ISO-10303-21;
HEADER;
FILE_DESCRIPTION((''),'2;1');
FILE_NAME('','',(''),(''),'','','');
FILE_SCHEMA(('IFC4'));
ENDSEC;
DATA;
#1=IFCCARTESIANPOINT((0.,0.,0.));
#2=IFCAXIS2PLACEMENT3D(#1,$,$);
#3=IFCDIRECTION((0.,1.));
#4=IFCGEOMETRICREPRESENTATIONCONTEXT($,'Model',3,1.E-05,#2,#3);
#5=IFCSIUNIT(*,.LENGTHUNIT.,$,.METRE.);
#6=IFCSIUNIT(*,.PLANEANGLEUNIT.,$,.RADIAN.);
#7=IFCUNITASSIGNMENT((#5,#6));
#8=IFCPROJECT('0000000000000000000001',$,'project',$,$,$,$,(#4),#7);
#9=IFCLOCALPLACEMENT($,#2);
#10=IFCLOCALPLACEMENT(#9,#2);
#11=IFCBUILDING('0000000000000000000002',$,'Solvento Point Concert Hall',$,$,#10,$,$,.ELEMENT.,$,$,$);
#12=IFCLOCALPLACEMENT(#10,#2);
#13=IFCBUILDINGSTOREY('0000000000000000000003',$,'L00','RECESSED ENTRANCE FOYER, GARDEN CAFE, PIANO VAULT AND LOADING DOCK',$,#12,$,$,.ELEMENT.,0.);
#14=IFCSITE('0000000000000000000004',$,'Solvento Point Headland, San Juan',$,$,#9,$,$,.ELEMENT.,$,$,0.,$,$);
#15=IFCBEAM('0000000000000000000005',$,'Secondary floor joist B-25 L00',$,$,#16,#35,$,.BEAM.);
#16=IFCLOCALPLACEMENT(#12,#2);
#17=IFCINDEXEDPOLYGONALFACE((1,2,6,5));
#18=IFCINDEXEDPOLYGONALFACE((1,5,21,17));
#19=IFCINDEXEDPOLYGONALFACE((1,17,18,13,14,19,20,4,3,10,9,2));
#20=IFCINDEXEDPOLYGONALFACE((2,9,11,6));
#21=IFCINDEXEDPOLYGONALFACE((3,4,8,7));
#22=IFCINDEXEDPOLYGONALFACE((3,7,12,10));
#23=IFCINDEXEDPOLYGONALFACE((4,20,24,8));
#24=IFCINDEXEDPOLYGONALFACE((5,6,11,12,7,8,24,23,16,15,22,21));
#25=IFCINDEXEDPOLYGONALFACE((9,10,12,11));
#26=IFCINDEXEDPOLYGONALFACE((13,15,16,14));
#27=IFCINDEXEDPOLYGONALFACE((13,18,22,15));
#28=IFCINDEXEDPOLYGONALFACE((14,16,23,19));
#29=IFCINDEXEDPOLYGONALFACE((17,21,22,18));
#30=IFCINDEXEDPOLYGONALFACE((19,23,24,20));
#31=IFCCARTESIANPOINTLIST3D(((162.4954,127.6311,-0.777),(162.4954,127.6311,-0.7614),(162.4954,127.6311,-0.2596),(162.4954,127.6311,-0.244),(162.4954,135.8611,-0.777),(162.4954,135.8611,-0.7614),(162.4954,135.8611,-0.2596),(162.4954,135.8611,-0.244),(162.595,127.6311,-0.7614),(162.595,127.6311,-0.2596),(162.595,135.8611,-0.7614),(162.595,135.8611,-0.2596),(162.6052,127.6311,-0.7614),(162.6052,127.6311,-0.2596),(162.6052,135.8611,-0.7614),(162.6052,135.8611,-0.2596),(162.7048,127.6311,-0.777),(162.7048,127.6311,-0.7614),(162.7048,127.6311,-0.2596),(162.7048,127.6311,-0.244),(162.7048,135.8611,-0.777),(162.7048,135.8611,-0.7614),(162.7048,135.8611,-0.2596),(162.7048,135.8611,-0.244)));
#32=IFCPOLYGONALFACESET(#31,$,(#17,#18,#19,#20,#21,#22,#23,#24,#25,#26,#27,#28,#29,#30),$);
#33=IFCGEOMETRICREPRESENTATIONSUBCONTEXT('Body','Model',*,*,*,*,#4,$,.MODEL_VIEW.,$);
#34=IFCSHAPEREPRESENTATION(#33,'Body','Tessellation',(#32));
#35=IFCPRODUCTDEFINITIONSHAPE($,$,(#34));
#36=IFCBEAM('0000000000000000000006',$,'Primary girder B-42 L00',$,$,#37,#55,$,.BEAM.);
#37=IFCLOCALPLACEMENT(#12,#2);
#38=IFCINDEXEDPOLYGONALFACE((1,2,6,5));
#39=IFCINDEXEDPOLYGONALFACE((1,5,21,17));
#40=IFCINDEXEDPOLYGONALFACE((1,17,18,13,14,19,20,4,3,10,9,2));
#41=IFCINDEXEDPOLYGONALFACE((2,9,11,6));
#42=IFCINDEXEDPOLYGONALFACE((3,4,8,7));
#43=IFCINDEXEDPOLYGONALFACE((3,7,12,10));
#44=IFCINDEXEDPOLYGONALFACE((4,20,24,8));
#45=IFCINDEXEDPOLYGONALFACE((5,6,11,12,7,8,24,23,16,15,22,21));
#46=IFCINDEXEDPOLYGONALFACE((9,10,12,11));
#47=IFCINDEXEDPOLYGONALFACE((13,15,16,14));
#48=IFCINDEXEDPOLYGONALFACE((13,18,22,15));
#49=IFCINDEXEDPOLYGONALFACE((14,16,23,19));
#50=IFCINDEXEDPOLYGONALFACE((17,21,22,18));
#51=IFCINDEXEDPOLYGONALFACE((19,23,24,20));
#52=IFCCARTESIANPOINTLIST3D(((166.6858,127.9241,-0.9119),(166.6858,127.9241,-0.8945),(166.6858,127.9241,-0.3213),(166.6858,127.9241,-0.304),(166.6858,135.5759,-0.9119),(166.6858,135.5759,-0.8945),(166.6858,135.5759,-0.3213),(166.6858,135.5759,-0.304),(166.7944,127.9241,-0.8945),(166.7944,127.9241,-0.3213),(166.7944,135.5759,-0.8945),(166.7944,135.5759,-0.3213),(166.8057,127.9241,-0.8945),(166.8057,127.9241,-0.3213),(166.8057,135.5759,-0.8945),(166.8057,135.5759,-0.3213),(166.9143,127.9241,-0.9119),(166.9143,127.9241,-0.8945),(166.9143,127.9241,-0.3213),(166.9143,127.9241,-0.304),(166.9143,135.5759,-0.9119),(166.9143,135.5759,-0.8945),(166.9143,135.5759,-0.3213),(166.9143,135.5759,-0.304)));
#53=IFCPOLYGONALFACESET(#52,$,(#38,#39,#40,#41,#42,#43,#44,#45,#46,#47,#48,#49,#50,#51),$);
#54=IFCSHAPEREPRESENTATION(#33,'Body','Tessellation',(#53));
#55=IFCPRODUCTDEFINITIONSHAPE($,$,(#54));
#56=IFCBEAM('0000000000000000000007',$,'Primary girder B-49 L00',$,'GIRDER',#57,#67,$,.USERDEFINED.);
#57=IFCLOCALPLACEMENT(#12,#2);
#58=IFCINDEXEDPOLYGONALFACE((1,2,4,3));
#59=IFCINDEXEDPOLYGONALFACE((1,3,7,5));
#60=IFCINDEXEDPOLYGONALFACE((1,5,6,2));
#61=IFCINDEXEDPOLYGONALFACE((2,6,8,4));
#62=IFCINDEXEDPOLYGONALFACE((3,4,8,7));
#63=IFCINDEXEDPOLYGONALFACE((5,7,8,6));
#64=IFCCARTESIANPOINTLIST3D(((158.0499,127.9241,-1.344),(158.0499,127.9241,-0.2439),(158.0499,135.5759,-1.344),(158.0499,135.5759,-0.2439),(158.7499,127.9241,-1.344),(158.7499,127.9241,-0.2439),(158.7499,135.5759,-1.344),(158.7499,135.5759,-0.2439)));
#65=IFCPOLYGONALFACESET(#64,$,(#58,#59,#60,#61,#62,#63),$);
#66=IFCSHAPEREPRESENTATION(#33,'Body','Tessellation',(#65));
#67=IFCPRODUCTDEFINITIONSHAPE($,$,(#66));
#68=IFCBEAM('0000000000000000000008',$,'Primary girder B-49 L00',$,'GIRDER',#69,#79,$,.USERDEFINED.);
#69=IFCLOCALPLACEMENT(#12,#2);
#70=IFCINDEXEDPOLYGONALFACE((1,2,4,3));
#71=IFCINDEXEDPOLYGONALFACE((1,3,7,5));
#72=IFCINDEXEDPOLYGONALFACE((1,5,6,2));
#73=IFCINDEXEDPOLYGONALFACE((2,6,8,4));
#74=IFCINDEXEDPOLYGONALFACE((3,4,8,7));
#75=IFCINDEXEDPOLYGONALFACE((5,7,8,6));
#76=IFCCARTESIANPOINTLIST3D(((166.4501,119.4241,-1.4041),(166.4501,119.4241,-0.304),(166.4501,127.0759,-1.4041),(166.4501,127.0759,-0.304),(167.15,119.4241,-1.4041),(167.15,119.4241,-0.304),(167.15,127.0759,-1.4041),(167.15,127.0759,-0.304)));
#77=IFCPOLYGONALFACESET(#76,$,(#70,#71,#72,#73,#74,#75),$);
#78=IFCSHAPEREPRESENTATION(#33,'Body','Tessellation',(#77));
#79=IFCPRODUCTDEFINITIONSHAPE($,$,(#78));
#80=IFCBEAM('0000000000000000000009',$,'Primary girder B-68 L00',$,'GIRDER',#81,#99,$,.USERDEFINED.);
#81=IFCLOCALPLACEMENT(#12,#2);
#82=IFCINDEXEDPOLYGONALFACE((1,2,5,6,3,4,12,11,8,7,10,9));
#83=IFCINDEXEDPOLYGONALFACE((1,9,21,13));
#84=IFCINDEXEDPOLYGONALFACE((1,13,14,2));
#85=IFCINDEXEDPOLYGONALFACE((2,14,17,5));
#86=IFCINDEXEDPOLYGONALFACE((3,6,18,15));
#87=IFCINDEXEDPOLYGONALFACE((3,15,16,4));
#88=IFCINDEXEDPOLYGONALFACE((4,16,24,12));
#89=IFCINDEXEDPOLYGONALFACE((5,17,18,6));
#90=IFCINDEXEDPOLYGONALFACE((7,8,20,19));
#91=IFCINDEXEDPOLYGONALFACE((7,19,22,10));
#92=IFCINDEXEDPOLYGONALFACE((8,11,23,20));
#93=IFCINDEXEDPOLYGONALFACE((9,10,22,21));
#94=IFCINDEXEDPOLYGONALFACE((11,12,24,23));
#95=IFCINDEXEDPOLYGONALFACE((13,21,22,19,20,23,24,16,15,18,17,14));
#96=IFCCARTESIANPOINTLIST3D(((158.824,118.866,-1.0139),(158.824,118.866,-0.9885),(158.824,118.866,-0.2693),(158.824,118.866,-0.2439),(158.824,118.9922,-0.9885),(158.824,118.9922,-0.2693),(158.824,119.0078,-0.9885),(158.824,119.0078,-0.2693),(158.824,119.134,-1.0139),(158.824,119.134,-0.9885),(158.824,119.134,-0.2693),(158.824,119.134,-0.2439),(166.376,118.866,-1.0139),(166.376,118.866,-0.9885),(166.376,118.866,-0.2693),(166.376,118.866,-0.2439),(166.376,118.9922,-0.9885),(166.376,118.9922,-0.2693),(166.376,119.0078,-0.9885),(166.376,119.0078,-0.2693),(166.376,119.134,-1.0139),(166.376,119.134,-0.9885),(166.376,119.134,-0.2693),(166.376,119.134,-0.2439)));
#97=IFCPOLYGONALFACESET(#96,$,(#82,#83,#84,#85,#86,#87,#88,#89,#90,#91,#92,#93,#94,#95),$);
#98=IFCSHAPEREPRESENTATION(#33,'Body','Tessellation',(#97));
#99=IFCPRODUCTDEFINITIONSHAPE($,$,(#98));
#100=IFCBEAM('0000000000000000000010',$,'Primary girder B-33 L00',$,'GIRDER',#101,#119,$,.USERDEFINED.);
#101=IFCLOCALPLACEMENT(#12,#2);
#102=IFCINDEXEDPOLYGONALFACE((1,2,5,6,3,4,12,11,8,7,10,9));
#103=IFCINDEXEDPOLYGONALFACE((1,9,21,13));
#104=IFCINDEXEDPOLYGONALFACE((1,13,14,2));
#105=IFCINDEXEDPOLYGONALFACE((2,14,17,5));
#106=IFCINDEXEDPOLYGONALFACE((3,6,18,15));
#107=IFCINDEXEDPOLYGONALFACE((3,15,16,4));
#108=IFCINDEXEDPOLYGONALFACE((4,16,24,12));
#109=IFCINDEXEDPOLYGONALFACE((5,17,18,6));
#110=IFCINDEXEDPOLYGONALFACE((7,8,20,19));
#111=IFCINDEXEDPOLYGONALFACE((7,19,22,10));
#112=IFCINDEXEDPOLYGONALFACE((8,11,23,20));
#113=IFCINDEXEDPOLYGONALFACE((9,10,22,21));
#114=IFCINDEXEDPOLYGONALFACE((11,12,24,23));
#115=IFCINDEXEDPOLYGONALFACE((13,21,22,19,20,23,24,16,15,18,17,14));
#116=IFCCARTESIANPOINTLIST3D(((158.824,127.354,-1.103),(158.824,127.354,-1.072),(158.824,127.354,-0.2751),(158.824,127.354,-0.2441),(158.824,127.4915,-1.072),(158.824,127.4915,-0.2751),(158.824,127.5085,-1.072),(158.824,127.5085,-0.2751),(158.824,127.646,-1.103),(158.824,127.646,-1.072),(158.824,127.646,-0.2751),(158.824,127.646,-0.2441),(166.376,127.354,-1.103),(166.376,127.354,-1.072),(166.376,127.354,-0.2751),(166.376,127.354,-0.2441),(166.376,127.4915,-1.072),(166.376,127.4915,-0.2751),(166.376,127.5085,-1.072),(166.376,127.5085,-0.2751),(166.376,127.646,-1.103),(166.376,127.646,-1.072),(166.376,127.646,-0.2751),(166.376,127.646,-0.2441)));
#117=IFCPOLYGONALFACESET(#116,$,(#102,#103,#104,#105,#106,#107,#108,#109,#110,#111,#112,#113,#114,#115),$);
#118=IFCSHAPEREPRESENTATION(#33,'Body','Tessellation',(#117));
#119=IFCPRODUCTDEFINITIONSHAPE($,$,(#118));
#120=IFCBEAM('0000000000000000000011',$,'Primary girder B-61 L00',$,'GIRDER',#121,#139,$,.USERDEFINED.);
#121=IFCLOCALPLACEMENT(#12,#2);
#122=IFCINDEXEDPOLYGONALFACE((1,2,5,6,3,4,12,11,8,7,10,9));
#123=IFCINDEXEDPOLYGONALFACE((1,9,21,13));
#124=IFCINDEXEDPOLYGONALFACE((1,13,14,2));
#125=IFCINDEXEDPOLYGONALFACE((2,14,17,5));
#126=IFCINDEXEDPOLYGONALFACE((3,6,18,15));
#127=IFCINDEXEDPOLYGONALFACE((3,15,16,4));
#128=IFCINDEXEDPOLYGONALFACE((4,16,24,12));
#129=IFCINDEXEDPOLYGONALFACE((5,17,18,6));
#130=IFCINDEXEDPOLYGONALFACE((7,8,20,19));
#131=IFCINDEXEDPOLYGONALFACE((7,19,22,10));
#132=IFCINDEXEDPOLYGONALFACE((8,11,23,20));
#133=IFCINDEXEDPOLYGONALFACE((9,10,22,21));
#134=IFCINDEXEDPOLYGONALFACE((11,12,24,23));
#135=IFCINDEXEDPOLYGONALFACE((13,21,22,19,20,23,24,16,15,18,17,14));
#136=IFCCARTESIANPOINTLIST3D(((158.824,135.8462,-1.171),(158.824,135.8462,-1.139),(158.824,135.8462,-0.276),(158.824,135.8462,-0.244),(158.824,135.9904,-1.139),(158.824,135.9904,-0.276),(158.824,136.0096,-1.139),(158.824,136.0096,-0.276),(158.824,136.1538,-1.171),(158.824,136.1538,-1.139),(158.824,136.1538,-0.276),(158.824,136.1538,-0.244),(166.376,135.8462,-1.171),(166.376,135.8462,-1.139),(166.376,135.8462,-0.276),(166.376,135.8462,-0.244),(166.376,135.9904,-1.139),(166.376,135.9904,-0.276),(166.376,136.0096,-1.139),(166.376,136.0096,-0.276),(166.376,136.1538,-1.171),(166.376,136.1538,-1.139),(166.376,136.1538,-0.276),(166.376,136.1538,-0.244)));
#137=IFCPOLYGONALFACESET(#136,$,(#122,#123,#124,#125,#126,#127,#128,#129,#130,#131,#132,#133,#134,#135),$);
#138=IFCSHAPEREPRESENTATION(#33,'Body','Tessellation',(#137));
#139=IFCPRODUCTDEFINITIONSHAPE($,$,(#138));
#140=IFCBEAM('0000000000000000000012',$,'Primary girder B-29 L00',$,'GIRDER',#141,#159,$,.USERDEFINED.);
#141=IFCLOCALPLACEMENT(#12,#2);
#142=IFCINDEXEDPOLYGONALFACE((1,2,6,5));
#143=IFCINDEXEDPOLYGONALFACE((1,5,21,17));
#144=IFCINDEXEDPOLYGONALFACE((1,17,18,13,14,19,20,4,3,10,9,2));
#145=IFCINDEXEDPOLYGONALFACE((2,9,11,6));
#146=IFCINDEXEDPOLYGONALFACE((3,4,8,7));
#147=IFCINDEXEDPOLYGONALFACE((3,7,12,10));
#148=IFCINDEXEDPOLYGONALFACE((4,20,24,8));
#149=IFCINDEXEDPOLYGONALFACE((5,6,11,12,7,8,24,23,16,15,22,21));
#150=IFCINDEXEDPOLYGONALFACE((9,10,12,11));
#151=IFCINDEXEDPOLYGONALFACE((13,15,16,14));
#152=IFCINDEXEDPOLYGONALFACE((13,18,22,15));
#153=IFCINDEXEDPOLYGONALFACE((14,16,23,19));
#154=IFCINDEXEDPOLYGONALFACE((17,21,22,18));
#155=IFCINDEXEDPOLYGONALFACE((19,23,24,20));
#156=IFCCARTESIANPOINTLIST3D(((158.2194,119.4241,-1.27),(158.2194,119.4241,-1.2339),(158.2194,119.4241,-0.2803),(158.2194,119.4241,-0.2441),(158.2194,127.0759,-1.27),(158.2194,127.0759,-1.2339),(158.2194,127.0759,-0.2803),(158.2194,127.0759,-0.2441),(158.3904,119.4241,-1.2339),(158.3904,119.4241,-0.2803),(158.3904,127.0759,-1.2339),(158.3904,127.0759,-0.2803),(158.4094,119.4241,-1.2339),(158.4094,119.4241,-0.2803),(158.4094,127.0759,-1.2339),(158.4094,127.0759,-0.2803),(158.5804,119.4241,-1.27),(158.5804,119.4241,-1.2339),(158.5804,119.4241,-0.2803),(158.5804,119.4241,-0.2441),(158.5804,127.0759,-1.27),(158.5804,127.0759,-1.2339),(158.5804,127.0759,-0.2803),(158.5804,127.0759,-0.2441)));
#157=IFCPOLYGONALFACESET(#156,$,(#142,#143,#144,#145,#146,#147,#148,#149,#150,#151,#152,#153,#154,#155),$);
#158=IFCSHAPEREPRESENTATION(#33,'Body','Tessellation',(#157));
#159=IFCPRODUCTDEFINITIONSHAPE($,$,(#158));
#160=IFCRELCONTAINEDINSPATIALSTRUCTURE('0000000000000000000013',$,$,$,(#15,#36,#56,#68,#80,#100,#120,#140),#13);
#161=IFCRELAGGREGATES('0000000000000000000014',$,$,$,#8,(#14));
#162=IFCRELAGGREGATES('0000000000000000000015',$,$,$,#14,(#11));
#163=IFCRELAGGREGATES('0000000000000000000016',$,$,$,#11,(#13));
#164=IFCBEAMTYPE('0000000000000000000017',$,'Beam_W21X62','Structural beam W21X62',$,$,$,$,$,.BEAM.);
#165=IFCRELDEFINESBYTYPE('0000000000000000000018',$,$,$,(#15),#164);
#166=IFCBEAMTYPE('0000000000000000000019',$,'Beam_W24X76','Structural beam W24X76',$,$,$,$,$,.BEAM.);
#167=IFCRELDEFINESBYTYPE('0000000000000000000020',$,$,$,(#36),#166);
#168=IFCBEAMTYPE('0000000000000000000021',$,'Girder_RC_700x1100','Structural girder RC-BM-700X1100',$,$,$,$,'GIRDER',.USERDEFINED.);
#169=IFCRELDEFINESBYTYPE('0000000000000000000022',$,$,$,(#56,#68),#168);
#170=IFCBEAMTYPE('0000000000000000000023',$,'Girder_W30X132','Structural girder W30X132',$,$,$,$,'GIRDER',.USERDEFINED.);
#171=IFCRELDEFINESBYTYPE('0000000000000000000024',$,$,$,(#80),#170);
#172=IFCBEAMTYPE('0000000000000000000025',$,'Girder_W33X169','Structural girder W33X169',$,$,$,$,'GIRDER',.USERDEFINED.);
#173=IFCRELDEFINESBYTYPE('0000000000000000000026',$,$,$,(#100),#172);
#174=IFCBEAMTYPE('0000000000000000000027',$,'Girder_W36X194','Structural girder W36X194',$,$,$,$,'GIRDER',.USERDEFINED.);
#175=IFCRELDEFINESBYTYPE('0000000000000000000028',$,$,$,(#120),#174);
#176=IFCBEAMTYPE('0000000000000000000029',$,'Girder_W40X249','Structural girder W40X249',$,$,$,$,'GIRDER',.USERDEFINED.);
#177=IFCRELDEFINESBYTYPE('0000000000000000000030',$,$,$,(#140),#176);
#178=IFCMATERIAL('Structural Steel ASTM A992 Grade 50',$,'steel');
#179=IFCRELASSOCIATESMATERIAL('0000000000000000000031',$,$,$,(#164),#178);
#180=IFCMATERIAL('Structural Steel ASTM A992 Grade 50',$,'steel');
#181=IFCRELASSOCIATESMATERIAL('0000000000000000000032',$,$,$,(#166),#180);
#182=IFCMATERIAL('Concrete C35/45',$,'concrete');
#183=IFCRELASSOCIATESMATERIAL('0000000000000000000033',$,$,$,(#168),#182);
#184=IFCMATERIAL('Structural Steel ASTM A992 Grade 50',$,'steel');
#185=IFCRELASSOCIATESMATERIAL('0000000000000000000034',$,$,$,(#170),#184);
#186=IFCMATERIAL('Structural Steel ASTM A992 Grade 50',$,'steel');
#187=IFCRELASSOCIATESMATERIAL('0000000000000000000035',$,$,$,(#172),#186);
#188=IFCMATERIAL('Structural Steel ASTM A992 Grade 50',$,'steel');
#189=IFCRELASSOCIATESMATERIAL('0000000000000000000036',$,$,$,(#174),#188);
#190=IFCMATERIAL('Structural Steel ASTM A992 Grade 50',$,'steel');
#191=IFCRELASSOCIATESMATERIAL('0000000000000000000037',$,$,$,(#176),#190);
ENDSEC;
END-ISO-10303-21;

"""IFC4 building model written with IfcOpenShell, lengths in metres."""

from ifc_helpers import new_model, si_unit, direction, frame, origin, origin_2d, place, context, subcontext, project, spatial, rectangle, i_section, extrude, material, material_profile, profile_set, type_object, element, save


model = new_model("IFC4")

# Units and contexts
model_context = context("Model", 3, precision=1e-05, world=origin(), true_north=direction((0.0, 1.0)))
body_context = subcontext(model_context, "Body", "Model", "MODEL_VIEW")
ifc_project = project(units=[si_unit("LENGTHUNIT", "METRE"), si_unit("PLANEANGLEUNIT", "RADIAN")], contexts=[model_context])

# Site, building, storey
site_placement = place(None, origin())
site = spatial("IfcSite", under=ifc_project, at=site_placement, Name="Solvento Point Headland, San Juan", CompositionType="ELEMENT", RefElevation=0.0)
building_placement = place(site_placement, origin())
building = spatial("IfcBuilding", under=site, at=building_placement, Name="Solvento Point Concert Hall", CompositionType="ELEMENT")
storey_placement = place(building_placement, origin())
storey = spatial("IfcBuildingStorey", under=building, at=storey_placement, Name="L00", Description="RECESSED ENTRANCE FOYER, GARDEN CAFE, PIANO VAULT AND LOADING DOCK", CompositionType="ELEMENT", Elevation=0.0)

# Beams
ifc_material_1 = material(Name="Structural Steel ASTM A992 Grade 50", Category="steel")
ifc_material_profile_1 = material_profile(ifc_material_1, i_section(OverallWidth=0.2095, OverallDepth=0.533, WebThickness=0.0103, FlangeThickness=0.0156, at=origin_2d()), Name="W21X62")
ifc_profile_set_1 = profile_set([ifc_material_profile_1], Name="Structural Steel ASTM A992 Grade 50")
beam_type_1 = type_object("IfcBeamType", Name="Beam_W21X62", Description="Structural beam W21X62", PredefinedType="BEAM", material=ifc_profile_set_1)
beam_1_placement = place(storey_placement, frame((162.6001, 127.6311, -0.5105), z_axis=(0.0, 1.0, 0.0), x_axis=(-1.0, 0.0, 0.0)))
element("IfcBeam", 1, at=beam_1_placement, inside=storey, type_object=beam_type_1, Name="Secondary floor joist B-25 L00", PredefinedType="BEAM", context=body_context, shape_type="SweptSolid", body=[
    extrude(i_section(OverallWidth=0.2095, OverallDepth=0.533, WebThickness=0.0103, FlangeThickness=0.0156, at=origin_2d()), origin(), (0.0, 0.0, 1.0), 8.23),
])
ifc_material_2 = material(Name="Structural Steel ASTM A992 Grade 50", Category="steel")
ifc_material_profile_2 = material_profile(ifc_material_2, i_section(OverallWidth=0.2285, OverallDepth=0.6079, WebThickness=0.0112, FlangeThickness=0.0173, at=origin_2d()), Name="W24X76")
ifc_profile_set_2 = profile_set([ifc_material_profile_2], Name="Structural Steel ASTM A992 Grade 50")
beam_type_2 = type_object("IfcBeamType", Name="Beam_W24X76", Description="Structural beam W24X76", PredefinedType="BEAM", material=ifc_profile_set_2)
beam_2_placement = place(storey_placement, frame((166.8, 127.9241, -0.6079), z_axis=(0.0, 1.0, 0.0), x_axis=(-1.0, 0.0, 0.0)))
element("IfcBeam", 2, at=beam_2_placement, inside=storey, type_object=beam_type_2, Name="Primary girder B-42 L00", PredefinedType="BEAM", context=body_context, shape_type="SweptSolid", body=[
    extrude(i_section(OverallWidth=0.2285, OverallDepth=0.6079, WebThickness=0.0112, FlangeThickness=0.0173, at=origin_2d()), origin(), (0.0, 0.0, 1.0), 7.6519),
])
ifc_material_3 = material(Name="Concrete C35/45", Category="concrete")
ifc_material_profile_3 = material_profile(ifc_material_3, rectangle(XDim=0.7, YDim=1.1001, at=origin_2d()), Name="RC-BM-700X1100")
ifc_profile_set_3 = profile_set([ifc_material_profile_3], Name="Concrete C35/45")
beam_type_3 = type_object("IfcBeamType", Name="Girder_RC_700x1100", Description="Structural girder RC-BM-700X1100", ElementType="GIRDER", PredefinedType="USERDEFINED", material=ifc_profile_set_3)
for number, where, z_axis, x_axis, name in (
    (3, (158.3999, 127.9241, -0.7939), (0.0, 1.0, 0.0), (-1.0, 0.0, 0.0), "Primary girder B-49 L00"),
    (4, (166.8, 119.4241, -0.854), (0.0, 1.0, 0.0), (-1.0, 0.0, 0.0), "Primary girder B-49 L00"),
):
    element("IfcBeam", number, at=place(storey_placement, frame(where, z_axis=z_axis, x_axis=x_axis)), inside=storey, type_object=beam_type_3, Name=name, ObjectType="GIRDER", PredefinedType="USERDEFINED", context=body_context, shape_type="SweptSolid", body=[
        extrude(rectangle(XDim=0.7, YDim=1.1001, at=origin_2d()), origin(), (0.0, 0.0, 1.0), 7.6519),
    ])
ifc_material_4 = material(Name="Structural Steel ASTM A992 Grade 50", Category="steel")
ifc_material_profile_4 = material_profile(ifc_material_4, i_section(OverallWidth=0.2681, OverallDepth=0.77, WebThickness=0.0156, FlangeThickness=0.0254, at=origin_2d()), Name="W30X132")
ifc_profile_set_4 = profile_set([ifc_material_profile_4], Name="Structural Steel ASTM A992 Grade 50")
beam_type_4 = type_object("IfcBeamType", Name="Girder_W30X132", Description="Structural girder W30X132", ElementType="GIRDER", PredefinedType="USERDEFINED", material=ifc_profile_set_4)
beam_3_placement = place(storey_placement, frame((158.824, 119.0, -0.6289), z_axis=(1.0, 0.0, 0.0), x_axis=(0.0, 1.0, 0.0)))
element("IfcBeam", 5, at=beam_3_placement, inside=storey, type_object=beam_type_4, Name="Primary girder B-68 L00", ObjectType="GIRDER", PredefinedType="USERDEFINED", context=body_context, shape_type="SweptSolid", body=[
    extrude(i_section(OverallWidth=0.2681, OverallDepth=0.77, WebThickness=0.0156, FlangeThickness=0.0254, at=origin_2d()), origin(), (0.0, 0.0, 1.0), 7.552),
])
ifc_material_5 = material(Name="Structural Steel ASTM A992 Grade 50", Category="steel")
ifc_material_profile_5 = material_profile(ifc_material_5, i_section(OverallWidth=0.292, OverallDepth=0.8589, WebThickness=0.0171, FlangeThickness=0.031, at=origin_2d()), Name="W33X169")
ifc_profile_set_5 = profile_set([ifc_material_profile_5], Name="Structural Steel ASTM A992 Grade 50")
beam_type_5 = type_object("IfcBeamType", Name="Girder_W33X169", Description="Structural girder W33X169", ElementType="GIRDER", PredefinedType="USERDEFINED", material=ifc_profile_set_5)
beam_4_placement = place(storey_placement, frame((158.824, 127.5, -0.6736), z_axis=(1.0, 0.0, 0.0), x_axis=(0.0, 1.0, 0.0)))
element("IfcBeam", 6, at=beam_4_placement, inside=storey, type_object=beam_type_5, Name="Primary girder B-33 L00", ObjectType="GIRDER", PredefinedType="USERDEFINED", context=body_context, shape_type="SweptSolid", body=[
    extrude(i_section(OverallWidth=0.292, OverallDepth=0.8589, WebThickness=0.0171, FlangeThickness=0.031, at=origin_2d()), origin(), (0.0, 0.0, 1.0), 7.552),
])
ifc_material_6 = material(Name="Structural Steel ASTM A992 Grade 50", Category="steel")
ifc_material_profile_6 = material_profile(ifc_material_6, i_section(OverallWidth=0.3076, OverallDepth=0.927, WebThickness=0.0193, FlangeThickness=0.032, at=origin_2d()), Name="W36X194")
ifc_profile_set_6 = profile_set([ifc_material_profile_6], Name="Structural Steel ASTM A992 Grade 50")
beam_type_6 = type_object("IfcBeamType", Name="Girder_W36X194", Description="Structural girder W36X194", ElementType="GIRDER", PredefinedType="USERDEFINED", material=ifc_profile_set_6)
beam_5_placement = place(storey_placement, frame((158.824, 136.0, -0.7075), z_axis=(1.0, 0.0, 0.0), x_axis=(0.0, 1.0, 0.0)))
element("IfcBeam", 7, at=beam_5_placement, inside=storey, type_object=beam_type_6, Name="Primary girder B-61 L00", ObjectType="GIRDER", PredefinedType="USERDEFINED", context=body_context, shape_type="SweptSolid", body=[
    extrude(i_section(OverallWidth=0.3076, OverallDepth=0.927, WebThickness=0.0193, FlangeThickness=0.032, at=origin_2d()), origin(), (0.0, 0.0, 1.0), 7.552),
])
ifc_material_7 = material(Name="Structural Steel ASTM A992 Grade 50", Category="steel")
ifc_material_profile_7 = material_profile(ifc_material_7, i_section(OverallWidth=0.3611, OverallDepth=1.0259, WebThickness=0.019, FlangeThickness=0.0361, at=origin_2d()), Name="W40X249")
ifc_profile_set_7 = profile_set([ifc_material_profile_7], Name="Structural Steel ASTM A992 Grade 50")
beam_type_7 = type_object("IfcBeamType", Name="Girder_W40X249", Description="Structural girder W40X249", ElementType="GIRDER", PredefinedType="USERDEFINED", material=ifc_profile_set_7)
beam_6_placement = place(storey_placement, frame((158.3999, 119.4241, -0.7571), z_axis=(0.0, 1.0, 0.0), x_axis=(-1.0, 0.0, 0.0)))
element("IfcBeam", 8, at=beam_6_placement, inside=storey, type_object=beam_type_7, Name="Primary girder B-29 L00", ObjectType="GIRDER", PredefinedType="USERDEFINED", context=body_context, shape_type="SweptSolid", body=[
    extrude(i_section(OverallWidth=0.3611, OverallDepth=1.0259, WebThickness=0.019, FlangeThickness=0.0361, at=origin_2d()), origin(), (0.0, 0.0, 1.0), 7.6519),
])

save(model, "model.ifc")
